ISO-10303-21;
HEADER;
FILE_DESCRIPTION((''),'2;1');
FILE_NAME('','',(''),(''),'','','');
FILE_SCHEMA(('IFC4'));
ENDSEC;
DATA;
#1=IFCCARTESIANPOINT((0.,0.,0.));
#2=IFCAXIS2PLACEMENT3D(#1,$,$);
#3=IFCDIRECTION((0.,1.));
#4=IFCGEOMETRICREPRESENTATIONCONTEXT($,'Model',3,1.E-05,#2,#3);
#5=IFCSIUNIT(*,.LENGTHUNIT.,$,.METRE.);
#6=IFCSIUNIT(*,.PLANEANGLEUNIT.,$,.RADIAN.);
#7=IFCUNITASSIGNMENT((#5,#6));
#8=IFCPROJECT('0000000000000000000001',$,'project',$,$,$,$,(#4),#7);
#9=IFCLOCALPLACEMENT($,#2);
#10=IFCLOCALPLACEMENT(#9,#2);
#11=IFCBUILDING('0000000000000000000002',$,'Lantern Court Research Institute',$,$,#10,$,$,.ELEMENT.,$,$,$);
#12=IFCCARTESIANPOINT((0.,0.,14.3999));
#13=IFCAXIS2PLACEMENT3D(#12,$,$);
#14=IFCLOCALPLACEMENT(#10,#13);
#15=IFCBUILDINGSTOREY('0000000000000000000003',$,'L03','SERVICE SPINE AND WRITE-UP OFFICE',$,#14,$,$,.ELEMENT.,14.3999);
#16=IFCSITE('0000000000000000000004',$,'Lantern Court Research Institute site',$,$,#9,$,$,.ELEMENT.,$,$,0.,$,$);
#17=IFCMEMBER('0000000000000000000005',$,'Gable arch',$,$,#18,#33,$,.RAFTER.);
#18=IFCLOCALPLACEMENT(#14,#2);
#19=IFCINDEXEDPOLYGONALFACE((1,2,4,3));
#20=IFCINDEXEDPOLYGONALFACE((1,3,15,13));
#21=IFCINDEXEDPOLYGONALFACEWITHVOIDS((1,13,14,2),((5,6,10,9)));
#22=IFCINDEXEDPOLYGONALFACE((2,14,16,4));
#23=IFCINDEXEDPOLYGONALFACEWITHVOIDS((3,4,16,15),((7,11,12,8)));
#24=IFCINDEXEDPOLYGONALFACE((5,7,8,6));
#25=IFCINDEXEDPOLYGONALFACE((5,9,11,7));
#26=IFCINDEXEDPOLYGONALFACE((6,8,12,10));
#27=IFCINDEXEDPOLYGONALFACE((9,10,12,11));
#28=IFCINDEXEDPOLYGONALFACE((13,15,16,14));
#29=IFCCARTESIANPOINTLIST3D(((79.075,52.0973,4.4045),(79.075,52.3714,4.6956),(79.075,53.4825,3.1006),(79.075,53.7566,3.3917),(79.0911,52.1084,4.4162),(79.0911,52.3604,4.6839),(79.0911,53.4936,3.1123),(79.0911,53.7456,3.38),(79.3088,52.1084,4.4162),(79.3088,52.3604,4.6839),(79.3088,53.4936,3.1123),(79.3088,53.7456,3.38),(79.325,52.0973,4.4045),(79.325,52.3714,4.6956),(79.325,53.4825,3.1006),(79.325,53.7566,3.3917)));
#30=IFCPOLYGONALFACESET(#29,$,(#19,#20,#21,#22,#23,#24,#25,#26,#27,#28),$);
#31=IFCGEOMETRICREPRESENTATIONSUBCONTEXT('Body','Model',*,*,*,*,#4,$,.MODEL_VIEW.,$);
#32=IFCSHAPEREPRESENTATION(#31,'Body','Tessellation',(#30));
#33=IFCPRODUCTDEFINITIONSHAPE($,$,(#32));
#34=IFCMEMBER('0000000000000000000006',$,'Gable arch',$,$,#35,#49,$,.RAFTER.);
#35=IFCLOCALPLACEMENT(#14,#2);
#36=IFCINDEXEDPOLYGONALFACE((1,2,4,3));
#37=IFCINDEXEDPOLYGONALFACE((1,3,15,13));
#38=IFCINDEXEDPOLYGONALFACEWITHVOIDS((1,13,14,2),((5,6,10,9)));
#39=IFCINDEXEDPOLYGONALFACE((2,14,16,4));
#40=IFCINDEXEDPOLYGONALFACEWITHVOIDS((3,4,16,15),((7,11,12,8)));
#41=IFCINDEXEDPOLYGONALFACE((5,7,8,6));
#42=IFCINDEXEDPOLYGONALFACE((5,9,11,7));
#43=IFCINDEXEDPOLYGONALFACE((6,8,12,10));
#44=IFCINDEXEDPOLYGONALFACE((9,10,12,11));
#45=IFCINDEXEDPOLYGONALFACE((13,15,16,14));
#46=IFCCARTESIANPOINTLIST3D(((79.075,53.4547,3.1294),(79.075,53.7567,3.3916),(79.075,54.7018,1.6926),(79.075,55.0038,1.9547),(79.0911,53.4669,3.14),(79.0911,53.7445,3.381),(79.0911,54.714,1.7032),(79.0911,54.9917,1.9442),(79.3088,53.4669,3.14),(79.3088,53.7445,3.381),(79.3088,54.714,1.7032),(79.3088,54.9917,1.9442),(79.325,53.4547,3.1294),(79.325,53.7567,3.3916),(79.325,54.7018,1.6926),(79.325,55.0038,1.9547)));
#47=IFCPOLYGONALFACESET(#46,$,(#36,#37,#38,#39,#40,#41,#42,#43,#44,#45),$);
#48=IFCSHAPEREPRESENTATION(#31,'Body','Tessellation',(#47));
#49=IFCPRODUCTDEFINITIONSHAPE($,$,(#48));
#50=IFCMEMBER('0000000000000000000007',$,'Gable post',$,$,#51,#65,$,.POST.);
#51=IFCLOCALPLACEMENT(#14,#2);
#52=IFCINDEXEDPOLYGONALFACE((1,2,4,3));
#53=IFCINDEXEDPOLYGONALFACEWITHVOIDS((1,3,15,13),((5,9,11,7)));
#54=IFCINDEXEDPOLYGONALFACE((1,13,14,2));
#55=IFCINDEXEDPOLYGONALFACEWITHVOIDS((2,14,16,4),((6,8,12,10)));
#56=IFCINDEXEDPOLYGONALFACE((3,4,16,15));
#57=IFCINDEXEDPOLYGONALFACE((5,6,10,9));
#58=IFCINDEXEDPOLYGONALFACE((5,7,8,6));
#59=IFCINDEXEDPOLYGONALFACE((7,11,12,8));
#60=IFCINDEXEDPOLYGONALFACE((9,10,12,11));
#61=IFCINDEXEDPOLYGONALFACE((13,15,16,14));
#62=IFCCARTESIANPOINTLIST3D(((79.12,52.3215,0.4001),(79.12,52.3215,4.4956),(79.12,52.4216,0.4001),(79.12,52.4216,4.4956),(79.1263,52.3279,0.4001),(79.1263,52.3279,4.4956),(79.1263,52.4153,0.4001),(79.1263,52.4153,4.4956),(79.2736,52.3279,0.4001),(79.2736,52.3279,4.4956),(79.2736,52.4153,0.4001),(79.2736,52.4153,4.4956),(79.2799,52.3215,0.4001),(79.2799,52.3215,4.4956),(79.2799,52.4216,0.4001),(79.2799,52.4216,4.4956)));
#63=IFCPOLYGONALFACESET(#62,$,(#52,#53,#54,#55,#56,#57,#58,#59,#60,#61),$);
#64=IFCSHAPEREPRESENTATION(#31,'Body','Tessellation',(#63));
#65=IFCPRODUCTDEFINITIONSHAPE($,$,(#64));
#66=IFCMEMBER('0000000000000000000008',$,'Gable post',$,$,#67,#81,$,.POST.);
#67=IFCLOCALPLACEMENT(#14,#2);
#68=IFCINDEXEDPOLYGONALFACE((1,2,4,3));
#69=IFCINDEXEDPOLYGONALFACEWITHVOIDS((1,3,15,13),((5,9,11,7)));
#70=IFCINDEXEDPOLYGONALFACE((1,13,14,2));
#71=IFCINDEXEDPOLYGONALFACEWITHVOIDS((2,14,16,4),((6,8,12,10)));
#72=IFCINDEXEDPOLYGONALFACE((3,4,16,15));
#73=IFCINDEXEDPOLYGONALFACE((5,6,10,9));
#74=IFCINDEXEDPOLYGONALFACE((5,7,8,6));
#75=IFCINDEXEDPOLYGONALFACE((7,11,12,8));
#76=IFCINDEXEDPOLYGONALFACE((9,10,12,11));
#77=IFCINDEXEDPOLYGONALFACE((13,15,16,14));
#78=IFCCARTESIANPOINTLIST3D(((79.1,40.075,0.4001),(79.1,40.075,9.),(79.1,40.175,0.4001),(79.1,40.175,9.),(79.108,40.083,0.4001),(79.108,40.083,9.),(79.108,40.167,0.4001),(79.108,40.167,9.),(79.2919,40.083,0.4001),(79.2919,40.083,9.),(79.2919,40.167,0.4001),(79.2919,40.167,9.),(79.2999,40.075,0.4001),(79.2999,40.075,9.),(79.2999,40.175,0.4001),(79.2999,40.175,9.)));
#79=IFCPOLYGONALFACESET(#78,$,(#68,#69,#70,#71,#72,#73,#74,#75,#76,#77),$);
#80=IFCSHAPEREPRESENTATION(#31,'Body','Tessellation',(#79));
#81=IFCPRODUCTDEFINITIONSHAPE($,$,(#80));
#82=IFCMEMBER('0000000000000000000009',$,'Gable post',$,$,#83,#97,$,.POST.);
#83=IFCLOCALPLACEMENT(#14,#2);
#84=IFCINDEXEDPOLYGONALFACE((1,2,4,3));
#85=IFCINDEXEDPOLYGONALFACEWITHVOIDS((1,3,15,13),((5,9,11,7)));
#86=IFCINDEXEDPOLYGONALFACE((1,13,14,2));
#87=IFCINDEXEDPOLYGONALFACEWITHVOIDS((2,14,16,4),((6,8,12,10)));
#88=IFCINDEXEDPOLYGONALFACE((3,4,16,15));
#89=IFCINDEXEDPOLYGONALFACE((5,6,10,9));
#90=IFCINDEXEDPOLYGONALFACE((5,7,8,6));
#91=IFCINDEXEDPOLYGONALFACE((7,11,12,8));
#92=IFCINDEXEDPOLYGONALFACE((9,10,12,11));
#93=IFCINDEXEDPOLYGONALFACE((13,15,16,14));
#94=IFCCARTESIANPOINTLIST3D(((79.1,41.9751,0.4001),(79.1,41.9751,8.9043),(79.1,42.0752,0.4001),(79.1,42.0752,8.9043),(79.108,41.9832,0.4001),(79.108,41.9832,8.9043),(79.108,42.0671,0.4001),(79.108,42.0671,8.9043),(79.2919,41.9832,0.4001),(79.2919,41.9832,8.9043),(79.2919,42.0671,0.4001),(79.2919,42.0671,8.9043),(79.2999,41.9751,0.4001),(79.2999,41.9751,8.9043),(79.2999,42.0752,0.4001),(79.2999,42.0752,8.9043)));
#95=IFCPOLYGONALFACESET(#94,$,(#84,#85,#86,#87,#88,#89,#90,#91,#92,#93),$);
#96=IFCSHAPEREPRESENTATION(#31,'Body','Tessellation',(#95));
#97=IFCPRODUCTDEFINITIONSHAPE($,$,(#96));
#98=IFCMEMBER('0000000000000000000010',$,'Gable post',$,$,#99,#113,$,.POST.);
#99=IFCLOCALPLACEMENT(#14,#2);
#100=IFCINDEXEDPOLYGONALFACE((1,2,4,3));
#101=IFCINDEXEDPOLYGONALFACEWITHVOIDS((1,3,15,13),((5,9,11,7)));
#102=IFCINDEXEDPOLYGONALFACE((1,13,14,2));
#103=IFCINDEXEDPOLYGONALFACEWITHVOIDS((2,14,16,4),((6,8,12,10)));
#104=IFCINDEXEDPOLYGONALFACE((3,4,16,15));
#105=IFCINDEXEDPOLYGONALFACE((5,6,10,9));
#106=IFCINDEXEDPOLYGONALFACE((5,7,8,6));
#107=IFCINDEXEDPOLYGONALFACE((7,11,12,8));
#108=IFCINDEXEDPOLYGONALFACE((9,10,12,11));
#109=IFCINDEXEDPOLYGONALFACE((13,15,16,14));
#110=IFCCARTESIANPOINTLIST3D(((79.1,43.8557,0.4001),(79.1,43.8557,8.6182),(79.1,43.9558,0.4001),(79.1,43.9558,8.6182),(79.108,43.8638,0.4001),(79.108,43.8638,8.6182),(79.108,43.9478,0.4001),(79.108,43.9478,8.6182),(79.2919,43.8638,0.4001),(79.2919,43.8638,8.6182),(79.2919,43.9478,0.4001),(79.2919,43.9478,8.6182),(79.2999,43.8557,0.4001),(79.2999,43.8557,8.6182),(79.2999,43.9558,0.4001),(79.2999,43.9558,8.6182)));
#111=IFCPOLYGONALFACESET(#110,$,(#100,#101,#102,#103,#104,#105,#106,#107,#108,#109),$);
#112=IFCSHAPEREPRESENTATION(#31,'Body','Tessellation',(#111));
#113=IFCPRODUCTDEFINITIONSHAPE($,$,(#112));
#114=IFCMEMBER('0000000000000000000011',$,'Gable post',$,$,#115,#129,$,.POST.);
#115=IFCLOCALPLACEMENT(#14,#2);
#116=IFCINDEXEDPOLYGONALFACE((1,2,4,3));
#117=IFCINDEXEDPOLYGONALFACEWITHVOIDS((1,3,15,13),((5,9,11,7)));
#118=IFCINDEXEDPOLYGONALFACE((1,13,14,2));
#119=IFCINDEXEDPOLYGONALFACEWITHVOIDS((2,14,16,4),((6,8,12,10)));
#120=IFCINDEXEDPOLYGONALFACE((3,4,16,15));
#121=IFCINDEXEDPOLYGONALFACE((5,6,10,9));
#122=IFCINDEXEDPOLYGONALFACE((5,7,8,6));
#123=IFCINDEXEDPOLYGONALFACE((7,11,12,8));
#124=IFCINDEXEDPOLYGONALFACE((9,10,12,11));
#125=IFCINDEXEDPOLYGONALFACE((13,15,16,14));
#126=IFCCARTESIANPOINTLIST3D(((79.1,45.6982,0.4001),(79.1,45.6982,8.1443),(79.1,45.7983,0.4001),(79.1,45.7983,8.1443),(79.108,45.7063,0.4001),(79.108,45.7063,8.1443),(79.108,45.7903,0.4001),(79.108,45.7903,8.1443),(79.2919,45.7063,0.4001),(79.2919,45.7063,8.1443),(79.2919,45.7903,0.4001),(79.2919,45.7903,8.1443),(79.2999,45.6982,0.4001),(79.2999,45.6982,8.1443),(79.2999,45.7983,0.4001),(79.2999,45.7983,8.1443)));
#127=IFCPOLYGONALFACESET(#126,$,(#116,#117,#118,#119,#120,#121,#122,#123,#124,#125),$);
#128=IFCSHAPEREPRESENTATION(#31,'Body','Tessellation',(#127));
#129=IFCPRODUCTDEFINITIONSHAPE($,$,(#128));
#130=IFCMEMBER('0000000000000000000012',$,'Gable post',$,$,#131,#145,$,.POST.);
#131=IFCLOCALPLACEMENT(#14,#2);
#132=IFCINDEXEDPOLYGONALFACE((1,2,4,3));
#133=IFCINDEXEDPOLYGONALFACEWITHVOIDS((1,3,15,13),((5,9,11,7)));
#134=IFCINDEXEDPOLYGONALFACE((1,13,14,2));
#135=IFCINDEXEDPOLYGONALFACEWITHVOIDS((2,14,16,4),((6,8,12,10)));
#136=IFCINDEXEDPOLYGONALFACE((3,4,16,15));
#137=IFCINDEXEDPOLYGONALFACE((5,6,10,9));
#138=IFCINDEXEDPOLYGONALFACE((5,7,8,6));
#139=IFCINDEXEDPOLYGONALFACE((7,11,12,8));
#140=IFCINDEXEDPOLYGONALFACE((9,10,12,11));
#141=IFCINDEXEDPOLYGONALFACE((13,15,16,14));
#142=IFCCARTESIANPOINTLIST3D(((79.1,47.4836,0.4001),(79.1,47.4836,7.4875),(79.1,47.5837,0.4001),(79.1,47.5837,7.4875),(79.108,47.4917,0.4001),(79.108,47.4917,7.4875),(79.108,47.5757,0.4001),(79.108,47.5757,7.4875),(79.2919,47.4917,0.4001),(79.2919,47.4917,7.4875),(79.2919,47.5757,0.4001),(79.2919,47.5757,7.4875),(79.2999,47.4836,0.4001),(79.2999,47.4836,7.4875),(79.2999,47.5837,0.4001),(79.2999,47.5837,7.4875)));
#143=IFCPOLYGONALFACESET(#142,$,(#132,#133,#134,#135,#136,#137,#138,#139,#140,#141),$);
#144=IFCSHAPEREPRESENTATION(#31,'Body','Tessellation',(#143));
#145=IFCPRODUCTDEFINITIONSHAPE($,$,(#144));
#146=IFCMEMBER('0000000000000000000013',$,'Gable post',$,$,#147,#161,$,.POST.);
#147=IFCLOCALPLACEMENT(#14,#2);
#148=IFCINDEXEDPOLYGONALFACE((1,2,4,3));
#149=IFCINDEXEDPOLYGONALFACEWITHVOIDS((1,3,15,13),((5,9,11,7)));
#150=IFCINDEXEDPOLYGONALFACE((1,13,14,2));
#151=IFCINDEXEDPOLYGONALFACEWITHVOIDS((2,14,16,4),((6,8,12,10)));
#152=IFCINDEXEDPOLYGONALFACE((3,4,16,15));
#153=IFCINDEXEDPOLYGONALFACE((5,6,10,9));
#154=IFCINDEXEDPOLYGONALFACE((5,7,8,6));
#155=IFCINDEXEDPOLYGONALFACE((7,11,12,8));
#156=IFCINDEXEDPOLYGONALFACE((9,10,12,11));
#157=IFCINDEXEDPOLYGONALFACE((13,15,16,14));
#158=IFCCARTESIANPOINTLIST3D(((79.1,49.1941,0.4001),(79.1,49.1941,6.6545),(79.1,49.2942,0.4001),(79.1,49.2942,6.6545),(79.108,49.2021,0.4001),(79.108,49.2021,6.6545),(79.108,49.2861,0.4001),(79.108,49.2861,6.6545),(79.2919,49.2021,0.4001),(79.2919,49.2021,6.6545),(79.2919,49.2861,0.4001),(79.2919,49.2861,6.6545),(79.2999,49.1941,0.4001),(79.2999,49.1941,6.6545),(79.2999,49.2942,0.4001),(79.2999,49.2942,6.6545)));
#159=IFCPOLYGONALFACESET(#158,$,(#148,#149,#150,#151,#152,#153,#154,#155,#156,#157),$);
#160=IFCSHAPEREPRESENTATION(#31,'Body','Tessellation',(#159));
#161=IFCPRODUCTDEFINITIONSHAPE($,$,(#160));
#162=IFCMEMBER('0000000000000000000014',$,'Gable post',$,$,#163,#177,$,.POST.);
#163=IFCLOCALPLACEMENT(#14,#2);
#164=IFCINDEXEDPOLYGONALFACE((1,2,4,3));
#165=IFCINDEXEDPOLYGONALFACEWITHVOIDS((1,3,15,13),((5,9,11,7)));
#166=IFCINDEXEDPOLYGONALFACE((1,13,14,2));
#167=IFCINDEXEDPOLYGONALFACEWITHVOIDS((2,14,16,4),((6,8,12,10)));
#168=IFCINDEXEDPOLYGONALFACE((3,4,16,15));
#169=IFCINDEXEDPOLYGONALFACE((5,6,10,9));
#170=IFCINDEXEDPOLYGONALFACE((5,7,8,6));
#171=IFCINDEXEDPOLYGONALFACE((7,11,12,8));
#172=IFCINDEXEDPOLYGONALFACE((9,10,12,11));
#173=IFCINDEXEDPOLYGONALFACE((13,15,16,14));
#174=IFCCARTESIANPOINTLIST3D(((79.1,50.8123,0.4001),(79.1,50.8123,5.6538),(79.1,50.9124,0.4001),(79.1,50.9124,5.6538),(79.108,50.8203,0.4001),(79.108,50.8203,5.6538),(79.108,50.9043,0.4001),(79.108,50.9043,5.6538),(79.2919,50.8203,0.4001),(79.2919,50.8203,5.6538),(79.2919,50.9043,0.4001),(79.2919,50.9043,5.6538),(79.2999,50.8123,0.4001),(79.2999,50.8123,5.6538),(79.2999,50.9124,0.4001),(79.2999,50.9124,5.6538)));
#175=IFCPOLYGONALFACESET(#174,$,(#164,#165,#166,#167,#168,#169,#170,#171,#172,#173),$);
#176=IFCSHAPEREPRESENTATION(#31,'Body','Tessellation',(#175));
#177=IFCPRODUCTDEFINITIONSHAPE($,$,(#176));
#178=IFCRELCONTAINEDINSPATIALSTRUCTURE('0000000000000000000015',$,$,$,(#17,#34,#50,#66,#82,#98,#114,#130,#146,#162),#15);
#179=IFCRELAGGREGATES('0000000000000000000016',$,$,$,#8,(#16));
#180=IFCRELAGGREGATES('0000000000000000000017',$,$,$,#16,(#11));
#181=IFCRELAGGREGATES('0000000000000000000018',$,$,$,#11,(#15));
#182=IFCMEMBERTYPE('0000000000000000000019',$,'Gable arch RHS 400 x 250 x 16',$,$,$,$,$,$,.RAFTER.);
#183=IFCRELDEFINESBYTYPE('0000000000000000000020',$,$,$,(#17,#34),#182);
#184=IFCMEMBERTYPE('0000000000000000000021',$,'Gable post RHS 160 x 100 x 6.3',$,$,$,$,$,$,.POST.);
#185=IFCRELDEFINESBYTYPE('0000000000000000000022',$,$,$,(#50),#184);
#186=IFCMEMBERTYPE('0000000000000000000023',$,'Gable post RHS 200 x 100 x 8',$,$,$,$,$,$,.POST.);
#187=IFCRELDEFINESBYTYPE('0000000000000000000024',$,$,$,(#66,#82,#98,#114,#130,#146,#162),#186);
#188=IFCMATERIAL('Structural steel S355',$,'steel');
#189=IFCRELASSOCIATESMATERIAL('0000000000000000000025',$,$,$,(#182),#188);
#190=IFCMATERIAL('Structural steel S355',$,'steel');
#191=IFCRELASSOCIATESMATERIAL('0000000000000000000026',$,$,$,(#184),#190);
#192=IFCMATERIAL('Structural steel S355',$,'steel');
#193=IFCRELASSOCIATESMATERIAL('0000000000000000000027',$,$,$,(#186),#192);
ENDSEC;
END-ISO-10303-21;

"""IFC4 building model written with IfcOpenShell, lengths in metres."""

from ifc_helpers import new_model, si_unit, direction, frame, origin, origin_2d, place, context, subcontext, project, spatial, hollow_rectangle, extrude, material, material_profile, profile_set, type_object, element, save


model = new_model("IFC4")

# Units and contexts
model_context = context("Model", 3, precision=1e-05, world=origin(), true_north=direction((0.0, 1.0)))
body_context = subcontext(model_context, "Body", "Model", "MODEL_VIEW")
ifc_project = project(units=[si_unit("LENGTHUNIT", "METRE"), si_unit("PLANEANGLEUNIT", "RADIAN")], contexts=[model_context])

# Site, building, storey
site_placement = place(None, origin())
site = spatial("IfcSite", under=ifc_project, at=site_placement, Name="Lantern Court Research Institute site", CompositionType="ELEMENT", RefElevation=0.0)
building_placement = place(site_placement, origin())
building = spatial("IfcBuilding", under=site, at=building_placement, Name="Lantern Court Research Institute", CompositionType="ELEMENT")
storey_placement = place(building_placement, frame((0.0, 0.0, 14.3999)))
storey = spatial("IfcBuildingStorey", under=building, at=storey_placement, Name="L03", Description="SERVICE SPINE AND WRITE-UP OFFICE", CompositionType="ELEMENT", Elevation=14.3999)

# Members
ifc_material_1 = material(Name="Structural steel S355", Category="steel")
ifc_material_profile_1 = material_profile(ifc_material_1, hollow_rectangle(XDim=0.25, YDim=0.3999, WallThickness=0.0161, at=origin_2d()), Name="Gable arch RHS 400 x 250 x 16")
ifc_profile_set_1 = profile_set([ifc_material_profile_1], Name="Structural steel S355")
member_type_1 = type_object("IfcMemberType", Name="Gable arch RHS 400 x 250 x 16", PredefinedType="RAFTER", material=ifc_profile_set_1)
member_1_placement = place(storey_placement, frame((79.2, 52.2344, 4.55), z_axis=(0.0, 0.728151, -0.685417), x_axis=(-1.0, 0.0, 0.0)))
element("IfcMember", 1, at=member_1_placement, inside=storey, type_object=member_type_1, Name="Gable arch", PredefinedType="RAFTER", context=body_context, shape_type="SweptSolid", body=[
    extrude(hollow_rectangle(XDim=0.25, YDim=0.3999, WallThickness=0.0161, at=origin_2d()), origin(), (0.0, 0.0, 1.0), 1.9023),
])
member_2_placement = place(storey_placement, frame((79.2, 53.6057, 3.2605), z_axis=(0.0, 0.655492, -0.755202), x_axis=(-1.0, 0.0, 0.0)))
element("IfcMember", 2, at=member_2_placement, inside=storey, type_object=member_type_1, Name="Gable arch", PredefinedType="RAFTER", context=body_context, shape_type="SweptSolid", body=[
    extrude(hollow_rectangle(XDim=0.25, YDim=0.3999, WallThickness=0.0161, at=origin_2d()), origin(), (0.0, 0.0, 1.0), 1.9026),
])
ifc_material_2 = material(Name="Structural steel S355", Category="steel")
ifc_material_profile_2 = material_profile(ifc_material_2, hollow_rectangle(XDim=0.1599, YDim=0.1001, WallThickness=0.0063, at=origin_2d()), Name="Gable post RHS 160 x 100 x 6.3")
ifc_profile_set_2 = profile_set([ifc_material_profile_2], Name="Structural steel S355")
member_type_2 = type_object("IfcMemberType", Name="Gable post RHS 160 x 100 x 6.3", PredefinedType="POST", material=ifc_profile_set_2)
member_3_placement = place(storey_placement, frame((79.2, 52.3716, 0.4001), z_axis=(0.0, 0.0, 1.0), x_axis=(1.0, 0.0, 0.0)))
element("IfcMember", 3, at=member_3_placement, inside=storey, type_object=member_type_2, Name="Gable post", PredefinedType="POST", context=body_context, shape_type="SweptSolid", body=[
    extrude(hollow_rectangle(XDim=0.1599, YDim=0.1001, WallThickness=0.0063, at=origin_2d()), origin(), (0.0, 0.0, 1.0), 4.0955),
])
ifc_material_3 = material(Name="Structural steel S355", Category="steel")
ifc_material_profile_3 = material_profile(ifc_material_3, hollow_rectangle(XDim=0.2, YDim=0.1001, WallThickness=0.0081, at=origin_2d()), Name="Gable post RHS 200 x 100 x 8")
ifc_profile_set_3 = profile_set([ifc_material_profile_3], Name="Structural steel S355")
member_type_3 = type_object("IfcMemberType", Name="Gable post RHS 200 x 100 x 8", PredefinedType="POST", material=ifc_profile_set_3)
member_4_placement = place(storey_placement, frame((79.2, 40.125, 0.4001), z_axis=(0.0, 0.0, 1.0), x_axis=(1.0, 0.0, 0.0)))
element("IfcMember", 4, at=member_4_placement, inside=storey, type_object=member_type_3, Name="Gable post", PredefinedType="POST", context=body_context, shape_type="SweptSolid", body=[
    extrude(hollow_rectangle(XDim=0.2, YDim=0.1001, WallThickness=0.0081, at=origin_2d()), origin(), (0.0, 0.0, 1.0), 8.5999),
])
member_5_placement = place(storey_placement, frame((79.2, 42.0251, 0.4001), z_axis=(0.0, 0.0, 1.0), x_axis=(1.0, 0.0, 0.0)))
element("IfcMember", 5, at=member_5_placement, inside=storey, type_object=member_type_3, Name="Gable post", PredefinedType="POST", context=body_context, shape_type="SweptSolid", body=[
    extrude(hollow_rectangle(XDim=0.2, YDim=0.1001, WallThickness=0.0081, at=origin_2d()), origin(), (0.0, 0.0, 1.0), 8.5042),
])
member_6_placement = place(storey_placement, frame((79.2, 43.9058, 0.4001), z_axis=(0.0, 0.0, 1.0), x_axis=(1.0, 0.0, 0.0)))
element("IfcMember", 6, at=member_6_placement, inside=storey, type_object=member_type_3, Name="Gable post", PredefinedType="POST", context=body_context, shape_type="SweptSolid", body=[
    extrude(hollow_rectangle(XDim=0.2, YDim=0.1001, WallThickness=0.0081, at=origin_2d()), origin(), (0.0, 0.0, 1.0), 8.218),
])
member_7_placement = place(storey_placement, frame((79.2, 45.7483, 0.4001), z_axis=(0.0, 0.0, 1.0), x_axis=(1.0, 0.0, 0.0)))
element("IfcMember", 7, at=member_7_placement, inside=storey, type_object=member_type_3, Name="Gable post", PredefinedType="POST", context=body_context, shape_type="SweptSolid", body=[
    extrude(hollow_rectangle(XDim=0.2, YDim=0.1001, WallThickness=0.0081, at=origin_2d()), origin(), (0.0, 0.0, 1.0), 7.7441),
])
member_8_placement = place(storey_placement, frame((79.2, 47.5337, 0.4001), z_axis=(0.0, 0.0, 1.0), x_axis=(1.0, 0.0, 0.0)))
element("IfcMember", 8, at=member_8_placement, inside=storey, type_object=member_type_3, Name="Gable post", PredefinedType="POST", context=body_context, shape_type="SweptSolid", body=[
    extrude(hollow_rectangle(XDim=0.2, YDim=0.1001, WallThickness=0.0081, at=origin_2d()), origin(), (0.0, 0.0, 1.0), 7.0874),
])
member_9_placement = place(storey_placement, frame((79.2, 49.2441, 0.4001), z_axis=(0.0, 0.0, 1.0), x_axis=(1.0, 0.0, 0.0)))
element("IfcMember", 9, at=member_9_placement, inside=storey, type_object=member_type_3, Name="Gable post", PredefinedType="POST", context=body_context, shape_type="SweptSolid", body=[
    extrude(hollow_rectangle(XDim=0.2, YDim=0.1001, WallThickness=0.0081, at=origin_2d()), origin(), (0.0, 0.0, 1.0), 6.2544),
])
member_10_placement = place(storey_placement, frame((79.2, 50.8623, 0.4001), z_axis=(0.0, 0.0, 1.0), x_axis=(1.0, 0.0, 0.0)))
element("IfcMember", 10, at=member_10_placement, inside=storey, type_object=member_type_3, Name="Gable post", PredefinedType="POST", context=body_context, shape_type="SweptSolid", body=[
    extrude(hollow_rectangle(XDim=0.2, YDim=0.1001, WallThickness=0.0081, at=origin_2d()), origin(), (0.0, 0.0, 1.0), 5.2537),
])

save(model, "model.ifc")
